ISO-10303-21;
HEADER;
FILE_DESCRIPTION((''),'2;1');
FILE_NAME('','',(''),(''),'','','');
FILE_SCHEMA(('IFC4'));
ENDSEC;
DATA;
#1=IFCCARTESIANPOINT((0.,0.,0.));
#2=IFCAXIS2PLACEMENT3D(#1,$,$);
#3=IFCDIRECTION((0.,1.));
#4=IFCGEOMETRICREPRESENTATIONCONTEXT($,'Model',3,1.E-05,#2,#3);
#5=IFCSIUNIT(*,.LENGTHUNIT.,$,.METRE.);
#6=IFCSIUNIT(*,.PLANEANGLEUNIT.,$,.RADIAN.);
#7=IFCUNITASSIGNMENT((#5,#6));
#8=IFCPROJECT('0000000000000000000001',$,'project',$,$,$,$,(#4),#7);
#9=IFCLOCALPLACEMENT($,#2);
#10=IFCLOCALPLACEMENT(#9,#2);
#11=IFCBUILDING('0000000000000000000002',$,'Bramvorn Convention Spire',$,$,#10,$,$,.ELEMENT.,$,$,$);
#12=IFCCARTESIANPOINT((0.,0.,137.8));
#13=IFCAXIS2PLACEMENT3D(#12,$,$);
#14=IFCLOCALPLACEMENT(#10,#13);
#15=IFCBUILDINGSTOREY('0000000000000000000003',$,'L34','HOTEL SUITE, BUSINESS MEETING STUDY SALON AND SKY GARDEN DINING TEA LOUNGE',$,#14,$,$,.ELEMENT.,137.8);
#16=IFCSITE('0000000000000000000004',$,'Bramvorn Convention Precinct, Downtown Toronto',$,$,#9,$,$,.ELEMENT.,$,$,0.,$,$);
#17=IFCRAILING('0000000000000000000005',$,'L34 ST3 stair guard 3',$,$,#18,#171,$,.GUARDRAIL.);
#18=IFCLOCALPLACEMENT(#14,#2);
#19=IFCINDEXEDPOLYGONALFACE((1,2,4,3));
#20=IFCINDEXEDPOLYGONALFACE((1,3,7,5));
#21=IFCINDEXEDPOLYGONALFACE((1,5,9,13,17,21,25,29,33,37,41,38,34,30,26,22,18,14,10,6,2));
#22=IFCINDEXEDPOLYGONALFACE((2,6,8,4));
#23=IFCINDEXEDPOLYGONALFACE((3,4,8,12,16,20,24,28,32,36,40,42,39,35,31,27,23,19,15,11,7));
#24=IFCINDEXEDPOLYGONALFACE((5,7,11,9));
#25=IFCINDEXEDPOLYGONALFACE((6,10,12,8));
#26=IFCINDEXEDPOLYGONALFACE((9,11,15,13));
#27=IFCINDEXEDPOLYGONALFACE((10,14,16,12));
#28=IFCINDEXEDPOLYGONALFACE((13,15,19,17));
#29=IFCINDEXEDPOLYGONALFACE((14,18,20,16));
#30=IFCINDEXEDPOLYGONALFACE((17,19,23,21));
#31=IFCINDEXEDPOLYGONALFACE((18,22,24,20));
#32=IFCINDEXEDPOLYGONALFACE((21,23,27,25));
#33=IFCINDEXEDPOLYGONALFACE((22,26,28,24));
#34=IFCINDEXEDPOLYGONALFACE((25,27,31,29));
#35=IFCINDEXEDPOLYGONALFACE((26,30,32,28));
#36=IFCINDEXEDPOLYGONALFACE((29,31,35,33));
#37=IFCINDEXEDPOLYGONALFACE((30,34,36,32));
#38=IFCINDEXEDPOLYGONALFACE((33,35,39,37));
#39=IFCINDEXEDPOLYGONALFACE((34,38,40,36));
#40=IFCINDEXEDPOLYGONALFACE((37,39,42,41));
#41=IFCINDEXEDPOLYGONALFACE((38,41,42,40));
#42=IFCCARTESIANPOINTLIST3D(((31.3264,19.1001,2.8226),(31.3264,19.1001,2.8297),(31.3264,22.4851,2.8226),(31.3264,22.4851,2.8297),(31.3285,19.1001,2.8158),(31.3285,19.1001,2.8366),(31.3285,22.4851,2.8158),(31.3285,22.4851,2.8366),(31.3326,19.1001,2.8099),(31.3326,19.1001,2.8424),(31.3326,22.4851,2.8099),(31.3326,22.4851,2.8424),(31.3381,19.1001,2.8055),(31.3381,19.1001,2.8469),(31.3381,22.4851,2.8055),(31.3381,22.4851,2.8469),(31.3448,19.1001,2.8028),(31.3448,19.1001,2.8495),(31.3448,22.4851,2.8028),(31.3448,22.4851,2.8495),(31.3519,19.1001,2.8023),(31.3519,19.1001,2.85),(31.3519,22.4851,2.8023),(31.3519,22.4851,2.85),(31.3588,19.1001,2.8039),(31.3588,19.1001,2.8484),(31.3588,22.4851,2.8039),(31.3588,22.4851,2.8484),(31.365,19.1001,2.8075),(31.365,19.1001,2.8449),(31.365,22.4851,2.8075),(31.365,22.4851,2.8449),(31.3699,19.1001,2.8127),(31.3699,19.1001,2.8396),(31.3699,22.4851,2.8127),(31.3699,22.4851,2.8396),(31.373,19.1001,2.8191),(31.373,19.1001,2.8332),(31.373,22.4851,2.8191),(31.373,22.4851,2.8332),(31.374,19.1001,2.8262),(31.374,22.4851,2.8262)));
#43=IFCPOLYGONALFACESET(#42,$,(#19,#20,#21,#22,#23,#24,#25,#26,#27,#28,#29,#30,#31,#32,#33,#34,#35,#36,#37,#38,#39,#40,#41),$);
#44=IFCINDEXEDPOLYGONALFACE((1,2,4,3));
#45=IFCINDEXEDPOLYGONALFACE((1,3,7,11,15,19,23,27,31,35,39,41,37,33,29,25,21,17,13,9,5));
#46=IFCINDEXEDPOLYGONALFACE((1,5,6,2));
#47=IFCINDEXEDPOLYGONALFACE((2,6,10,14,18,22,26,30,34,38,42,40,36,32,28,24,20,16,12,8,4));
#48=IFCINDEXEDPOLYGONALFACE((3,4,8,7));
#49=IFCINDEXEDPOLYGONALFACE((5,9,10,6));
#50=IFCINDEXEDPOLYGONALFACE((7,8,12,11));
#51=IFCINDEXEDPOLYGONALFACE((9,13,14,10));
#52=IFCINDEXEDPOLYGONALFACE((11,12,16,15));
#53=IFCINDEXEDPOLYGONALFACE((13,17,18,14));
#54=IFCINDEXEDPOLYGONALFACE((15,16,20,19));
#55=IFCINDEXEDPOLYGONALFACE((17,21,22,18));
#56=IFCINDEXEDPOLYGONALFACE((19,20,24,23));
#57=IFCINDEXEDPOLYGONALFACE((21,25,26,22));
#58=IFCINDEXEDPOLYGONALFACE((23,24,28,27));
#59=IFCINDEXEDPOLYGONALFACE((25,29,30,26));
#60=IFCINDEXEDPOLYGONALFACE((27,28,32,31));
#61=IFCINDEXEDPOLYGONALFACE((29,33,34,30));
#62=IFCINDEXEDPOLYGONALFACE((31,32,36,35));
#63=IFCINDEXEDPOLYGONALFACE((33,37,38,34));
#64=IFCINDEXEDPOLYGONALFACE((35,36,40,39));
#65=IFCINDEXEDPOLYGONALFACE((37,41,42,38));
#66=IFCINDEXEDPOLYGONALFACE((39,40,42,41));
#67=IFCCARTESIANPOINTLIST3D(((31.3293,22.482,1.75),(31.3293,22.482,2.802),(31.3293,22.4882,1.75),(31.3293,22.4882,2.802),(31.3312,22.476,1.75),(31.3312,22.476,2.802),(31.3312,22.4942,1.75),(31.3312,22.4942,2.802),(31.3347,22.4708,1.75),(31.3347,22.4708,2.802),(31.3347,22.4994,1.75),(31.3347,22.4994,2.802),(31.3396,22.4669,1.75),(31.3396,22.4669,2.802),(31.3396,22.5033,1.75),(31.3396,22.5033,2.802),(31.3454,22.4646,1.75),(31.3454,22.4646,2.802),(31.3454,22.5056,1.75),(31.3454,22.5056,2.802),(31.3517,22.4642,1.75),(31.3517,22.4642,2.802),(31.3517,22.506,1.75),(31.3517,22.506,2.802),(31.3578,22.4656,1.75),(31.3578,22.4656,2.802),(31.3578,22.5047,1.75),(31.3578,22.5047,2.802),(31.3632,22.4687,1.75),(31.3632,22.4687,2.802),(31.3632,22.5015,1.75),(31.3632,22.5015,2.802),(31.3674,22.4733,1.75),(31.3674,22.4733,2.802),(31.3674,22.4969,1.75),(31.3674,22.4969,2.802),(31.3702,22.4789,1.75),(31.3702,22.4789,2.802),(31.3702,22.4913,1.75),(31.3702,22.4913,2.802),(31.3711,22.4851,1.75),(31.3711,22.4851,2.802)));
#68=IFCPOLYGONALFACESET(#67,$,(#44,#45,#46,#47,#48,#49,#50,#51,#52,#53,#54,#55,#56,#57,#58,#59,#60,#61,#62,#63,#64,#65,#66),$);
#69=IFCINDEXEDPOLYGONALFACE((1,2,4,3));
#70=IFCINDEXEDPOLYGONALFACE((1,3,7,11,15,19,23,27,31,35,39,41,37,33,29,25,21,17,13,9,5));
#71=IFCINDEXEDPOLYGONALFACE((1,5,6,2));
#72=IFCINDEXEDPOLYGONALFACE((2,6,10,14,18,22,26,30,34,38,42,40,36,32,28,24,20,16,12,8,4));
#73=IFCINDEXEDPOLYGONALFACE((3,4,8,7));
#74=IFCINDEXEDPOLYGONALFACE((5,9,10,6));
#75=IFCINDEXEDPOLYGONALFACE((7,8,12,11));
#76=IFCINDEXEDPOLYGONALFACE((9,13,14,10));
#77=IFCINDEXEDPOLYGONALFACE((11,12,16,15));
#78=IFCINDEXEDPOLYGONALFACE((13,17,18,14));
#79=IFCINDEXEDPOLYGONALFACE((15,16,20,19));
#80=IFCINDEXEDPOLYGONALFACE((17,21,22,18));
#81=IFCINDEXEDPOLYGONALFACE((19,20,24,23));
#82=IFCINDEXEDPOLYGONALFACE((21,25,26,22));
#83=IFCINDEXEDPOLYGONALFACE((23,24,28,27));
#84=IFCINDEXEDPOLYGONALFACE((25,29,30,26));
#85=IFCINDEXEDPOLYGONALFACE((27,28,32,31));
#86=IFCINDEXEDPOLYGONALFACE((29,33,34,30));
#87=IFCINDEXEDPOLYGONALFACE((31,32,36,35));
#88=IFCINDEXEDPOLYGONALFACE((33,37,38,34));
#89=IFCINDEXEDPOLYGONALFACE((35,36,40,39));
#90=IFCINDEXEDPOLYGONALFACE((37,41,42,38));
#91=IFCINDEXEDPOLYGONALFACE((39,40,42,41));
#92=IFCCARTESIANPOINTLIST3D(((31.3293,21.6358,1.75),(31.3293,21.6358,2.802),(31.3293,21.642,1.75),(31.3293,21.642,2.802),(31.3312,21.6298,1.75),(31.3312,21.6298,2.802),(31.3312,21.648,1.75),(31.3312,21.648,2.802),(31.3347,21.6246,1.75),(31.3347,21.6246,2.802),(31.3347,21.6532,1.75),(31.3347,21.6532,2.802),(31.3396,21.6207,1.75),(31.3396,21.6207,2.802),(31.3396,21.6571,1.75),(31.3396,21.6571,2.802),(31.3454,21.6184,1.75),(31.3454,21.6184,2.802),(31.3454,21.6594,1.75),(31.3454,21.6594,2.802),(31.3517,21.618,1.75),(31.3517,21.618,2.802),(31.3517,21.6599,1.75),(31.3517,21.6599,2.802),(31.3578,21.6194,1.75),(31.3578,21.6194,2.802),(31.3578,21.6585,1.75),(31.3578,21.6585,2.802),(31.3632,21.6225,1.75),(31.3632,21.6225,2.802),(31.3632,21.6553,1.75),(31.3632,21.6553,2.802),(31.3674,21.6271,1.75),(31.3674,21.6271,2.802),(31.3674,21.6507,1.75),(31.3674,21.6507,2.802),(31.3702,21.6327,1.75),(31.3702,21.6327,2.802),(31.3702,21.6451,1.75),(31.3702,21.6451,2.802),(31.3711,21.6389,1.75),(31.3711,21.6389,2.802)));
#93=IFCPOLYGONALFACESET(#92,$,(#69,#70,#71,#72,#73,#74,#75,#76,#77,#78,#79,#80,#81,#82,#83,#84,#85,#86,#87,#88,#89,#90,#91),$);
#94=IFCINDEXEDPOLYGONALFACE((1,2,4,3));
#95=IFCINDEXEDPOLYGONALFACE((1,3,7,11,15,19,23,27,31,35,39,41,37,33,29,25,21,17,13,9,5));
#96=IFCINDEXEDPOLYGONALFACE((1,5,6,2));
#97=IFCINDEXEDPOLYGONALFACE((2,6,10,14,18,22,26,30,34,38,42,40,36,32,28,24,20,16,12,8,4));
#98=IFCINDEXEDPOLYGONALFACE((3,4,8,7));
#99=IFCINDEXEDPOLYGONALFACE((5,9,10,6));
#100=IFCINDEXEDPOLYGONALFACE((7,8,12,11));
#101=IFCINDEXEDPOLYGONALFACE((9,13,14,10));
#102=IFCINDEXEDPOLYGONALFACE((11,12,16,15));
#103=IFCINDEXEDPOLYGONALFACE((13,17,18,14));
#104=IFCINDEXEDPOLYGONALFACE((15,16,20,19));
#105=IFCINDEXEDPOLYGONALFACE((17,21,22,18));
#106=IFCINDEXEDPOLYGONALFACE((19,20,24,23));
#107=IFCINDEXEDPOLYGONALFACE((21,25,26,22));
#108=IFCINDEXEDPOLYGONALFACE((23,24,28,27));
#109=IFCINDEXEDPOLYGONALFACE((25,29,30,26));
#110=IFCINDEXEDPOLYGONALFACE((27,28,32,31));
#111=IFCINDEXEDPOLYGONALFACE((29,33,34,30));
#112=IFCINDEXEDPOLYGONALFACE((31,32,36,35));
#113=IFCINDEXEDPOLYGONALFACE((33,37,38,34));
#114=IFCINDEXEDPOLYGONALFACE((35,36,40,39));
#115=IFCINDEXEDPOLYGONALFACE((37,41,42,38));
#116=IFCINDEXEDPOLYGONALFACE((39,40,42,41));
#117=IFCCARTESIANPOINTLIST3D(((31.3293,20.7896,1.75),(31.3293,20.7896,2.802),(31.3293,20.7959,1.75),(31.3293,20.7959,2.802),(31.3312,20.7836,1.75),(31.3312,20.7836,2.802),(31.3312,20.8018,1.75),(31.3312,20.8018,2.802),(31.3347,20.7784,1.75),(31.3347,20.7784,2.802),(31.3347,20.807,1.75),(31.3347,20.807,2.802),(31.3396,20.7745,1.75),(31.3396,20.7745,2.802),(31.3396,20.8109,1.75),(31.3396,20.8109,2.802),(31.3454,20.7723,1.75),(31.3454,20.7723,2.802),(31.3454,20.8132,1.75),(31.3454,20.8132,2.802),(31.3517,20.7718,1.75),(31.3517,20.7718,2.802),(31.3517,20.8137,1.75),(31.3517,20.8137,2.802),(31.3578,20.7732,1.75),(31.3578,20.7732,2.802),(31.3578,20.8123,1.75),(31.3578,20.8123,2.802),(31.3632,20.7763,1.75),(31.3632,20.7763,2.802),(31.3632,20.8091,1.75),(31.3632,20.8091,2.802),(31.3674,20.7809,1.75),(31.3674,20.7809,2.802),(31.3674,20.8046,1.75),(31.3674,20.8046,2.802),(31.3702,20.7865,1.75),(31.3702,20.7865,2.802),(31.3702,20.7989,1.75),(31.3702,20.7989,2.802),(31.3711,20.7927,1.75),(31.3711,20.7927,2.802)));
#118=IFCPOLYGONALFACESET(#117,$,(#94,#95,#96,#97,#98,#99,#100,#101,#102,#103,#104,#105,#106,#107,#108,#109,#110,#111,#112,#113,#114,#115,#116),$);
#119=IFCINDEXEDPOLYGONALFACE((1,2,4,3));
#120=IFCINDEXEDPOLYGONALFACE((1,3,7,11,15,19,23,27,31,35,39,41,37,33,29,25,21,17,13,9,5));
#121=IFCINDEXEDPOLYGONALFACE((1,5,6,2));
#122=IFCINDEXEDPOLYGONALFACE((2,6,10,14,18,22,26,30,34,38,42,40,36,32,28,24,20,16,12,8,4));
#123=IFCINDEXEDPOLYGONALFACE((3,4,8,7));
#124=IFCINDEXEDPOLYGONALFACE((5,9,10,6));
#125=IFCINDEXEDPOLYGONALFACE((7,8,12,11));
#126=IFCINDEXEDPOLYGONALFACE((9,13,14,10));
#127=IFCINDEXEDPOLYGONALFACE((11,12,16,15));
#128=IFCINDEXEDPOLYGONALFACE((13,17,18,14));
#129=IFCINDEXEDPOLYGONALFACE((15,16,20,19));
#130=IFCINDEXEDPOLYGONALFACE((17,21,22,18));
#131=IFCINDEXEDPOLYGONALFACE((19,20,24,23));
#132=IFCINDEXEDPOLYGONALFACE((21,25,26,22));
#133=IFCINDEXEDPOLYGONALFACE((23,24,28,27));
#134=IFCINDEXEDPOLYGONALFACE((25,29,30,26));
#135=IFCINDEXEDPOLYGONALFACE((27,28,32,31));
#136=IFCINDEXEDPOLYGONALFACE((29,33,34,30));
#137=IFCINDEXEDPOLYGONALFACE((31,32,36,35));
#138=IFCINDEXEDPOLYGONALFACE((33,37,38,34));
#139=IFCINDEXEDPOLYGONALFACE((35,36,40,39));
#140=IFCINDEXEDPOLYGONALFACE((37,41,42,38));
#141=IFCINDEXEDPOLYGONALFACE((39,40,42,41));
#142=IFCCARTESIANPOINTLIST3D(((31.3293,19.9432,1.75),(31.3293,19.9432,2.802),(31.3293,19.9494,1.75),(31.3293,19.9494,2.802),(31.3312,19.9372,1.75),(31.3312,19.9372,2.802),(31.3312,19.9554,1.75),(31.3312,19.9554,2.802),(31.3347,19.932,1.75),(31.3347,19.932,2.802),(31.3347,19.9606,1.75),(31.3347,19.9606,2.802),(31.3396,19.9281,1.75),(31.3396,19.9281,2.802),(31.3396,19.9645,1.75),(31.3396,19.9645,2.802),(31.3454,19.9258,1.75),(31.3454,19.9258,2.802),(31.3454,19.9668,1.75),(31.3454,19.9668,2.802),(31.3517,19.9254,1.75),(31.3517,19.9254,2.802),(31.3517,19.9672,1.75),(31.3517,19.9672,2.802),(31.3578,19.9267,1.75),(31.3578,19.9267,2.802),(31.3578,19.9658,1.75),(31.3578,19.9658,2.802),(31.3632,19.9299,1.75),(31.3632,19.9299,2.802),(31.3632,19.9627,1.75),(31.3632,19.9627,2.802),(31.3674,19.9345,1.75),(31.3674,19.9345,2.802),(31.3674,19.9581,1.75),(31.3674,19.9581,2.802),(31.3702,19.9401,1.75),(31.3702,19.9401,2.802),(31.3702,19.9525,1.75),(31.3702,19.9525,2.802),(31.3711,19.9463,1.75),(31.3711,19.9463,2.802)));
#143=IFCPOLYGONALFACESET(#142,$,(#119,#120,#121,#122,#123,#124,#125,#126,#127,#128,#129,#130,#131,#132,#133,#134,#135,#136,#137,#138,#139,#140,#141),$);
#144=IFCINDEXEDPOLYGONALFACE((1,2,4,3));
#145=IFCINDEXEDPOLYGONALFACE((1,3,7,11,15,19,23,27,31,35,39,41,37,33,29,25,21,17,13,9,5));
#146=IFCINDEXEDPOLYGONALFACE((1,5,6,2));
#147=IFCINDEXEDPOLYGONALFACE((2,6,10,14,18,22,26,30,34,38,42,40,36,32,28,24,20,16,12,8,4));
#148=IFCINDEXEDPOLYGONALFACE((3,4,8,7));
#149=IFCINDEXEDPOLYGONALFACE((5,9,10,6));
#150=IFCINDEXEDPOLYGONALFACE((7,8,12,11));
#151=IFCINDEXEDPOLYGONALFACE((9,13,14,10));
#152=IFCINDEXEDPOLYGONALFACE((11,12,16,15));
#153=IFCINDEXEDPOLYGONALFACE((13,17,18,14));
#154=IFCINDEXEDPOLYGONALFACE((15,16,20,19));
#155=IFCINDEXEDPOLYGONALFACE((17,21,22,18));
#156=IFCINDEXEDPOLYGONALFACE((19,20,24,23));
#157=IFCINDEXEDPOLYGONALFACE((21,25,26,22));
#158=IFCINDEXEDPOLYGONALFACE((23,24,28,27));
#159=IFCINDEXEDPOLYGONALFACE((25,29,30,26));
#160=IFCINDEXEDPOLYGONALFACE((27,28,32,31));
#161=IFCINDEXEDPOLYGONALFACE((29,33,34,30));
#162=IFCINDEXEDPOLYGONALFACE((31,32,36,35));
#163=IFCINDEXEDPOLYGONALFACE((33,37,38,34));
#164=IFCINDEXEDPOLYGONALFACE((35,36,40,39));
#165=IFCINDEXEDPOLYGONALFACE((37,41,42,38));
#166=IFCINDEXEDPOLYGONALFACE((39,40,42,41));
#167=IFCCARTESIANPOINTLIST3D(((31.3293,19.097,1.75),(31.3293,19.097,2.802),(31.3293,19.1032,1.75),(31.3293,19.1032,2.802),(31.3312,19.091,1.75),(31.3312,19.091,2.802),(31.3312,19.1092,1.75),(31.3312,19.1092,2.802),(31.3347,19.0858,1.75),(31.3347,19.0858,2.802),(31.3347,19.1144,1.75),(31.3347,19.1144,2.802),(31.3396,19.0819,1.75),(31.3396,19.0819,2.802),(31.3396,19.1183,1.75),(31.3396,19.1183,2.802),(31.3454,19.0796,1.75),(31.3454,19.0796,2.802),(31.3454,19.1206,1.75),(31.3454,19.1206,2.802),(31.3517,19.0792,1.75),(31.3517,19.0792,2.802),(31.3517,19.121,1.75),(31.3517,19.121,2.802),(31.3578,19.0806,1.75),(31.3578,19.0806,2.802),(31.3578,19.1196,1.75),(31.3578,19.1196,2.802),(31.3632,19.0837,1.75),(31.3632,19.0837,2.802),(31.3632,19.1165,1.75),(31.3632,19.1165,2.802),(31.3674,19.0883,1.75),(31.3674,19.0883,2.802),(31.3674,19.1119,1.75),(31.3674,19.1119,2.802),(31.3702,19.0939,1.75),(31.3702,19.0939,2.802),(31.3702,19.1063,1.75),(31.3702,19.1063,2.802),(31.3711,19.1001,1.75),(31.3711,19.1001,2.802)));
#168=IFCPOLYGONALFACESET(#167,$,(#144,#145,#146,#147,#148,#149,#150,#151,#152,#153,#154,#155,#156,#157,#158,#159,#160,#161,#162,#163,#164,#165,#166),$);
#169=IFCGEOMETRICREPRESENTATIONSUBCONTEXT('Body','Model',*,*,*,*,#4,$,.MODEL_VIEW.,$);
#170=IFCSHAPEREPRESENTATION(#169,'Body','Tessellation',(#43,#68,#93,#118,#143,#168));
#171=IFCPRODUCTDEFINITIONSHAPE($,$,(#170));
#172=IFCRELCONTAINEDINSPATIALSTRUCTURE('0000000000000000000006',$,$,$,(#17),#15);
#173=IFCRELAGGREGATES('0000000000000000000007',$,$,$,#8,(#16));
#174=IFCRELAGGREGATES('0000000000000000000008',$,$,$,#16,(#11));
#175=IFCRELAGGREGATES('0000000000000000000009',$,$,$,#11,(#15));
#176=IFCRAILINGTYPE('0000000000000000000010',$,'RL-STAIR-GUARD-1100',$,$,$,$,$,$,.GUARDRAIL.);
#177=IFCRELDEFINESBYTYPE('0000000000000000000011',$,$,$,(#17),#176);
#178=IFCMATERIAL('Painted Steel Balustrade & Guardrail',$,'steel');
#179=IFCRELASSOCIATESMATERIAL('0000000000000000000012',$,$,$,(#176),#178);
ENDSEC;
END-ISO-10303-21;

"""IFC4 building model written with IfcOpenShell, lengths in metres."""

from ifc_helpers import new_model, si_unit, direction, frame, origin, origin_2d, place, context, subcontext, project, spatial, circle, extrude, material, type_object, element, save


model = new_model("IFC4")

# Units and contexts
model_context = context("Model", 3, precision=1e-05, world=origin(), true_north=direction((0.0, 1.0)))
body_context = subcontext(model_context, "Body", "Model", "MODEL_VIEW")
ifc_project = project(units=[si_unit("LENGTHUNIT", "METRE"), si_unit("PLANEANGLEUNIT", "RADIAN")], contexts=[model_context])

# Site, building, storey
site_placement = place(None, origin())
site = spatial("IfcSite", under=ifc_project, at=site_placement, Name="Bramvorn Convention Precinct, Downtown Toronto", CompositionType="ELEMENT", RefElevation=0.0)
building_placement = place(site_placement, origin())
building = spatial("IfcBuilding", under=site, at=building_placement, Name="Bramvorn Convention Spire", CompositionType="ELEMENT")
storey_placement = place(building_placement, frame((0.0, 0.0, 137.8)))
storey = spatial("IfcBuildingStorey", under=building, at=storey_placement, Name="L34", Description="HOTEL SUITE, BUSINESS MEETING STUDY SALON AND SKY GARDEN DINING TEA LOUNGE", CompositionType="ELEMENT", Elevation=137.8)

# Railing
ifc_material_1 = material(Name="Painted Steel Balustrade & Guardrail", Category="steel")
railing_type_1 = type_object("IfcRailingType", Name="RL-STAIR-GUARD-1100", PredefinedType="GUARDRAIL", material=ifc_material_1)
railing_1_placement = place(storey_placement, frame((31.3501, 22.4851, 1.75)))
element("IfcRailing", 1, at=railing_1_placement, inside=storey, type_object=railing_type_1, Name="L34 ST3 stair guard 3", PredefinedType="GUARDRAIL", context=body_context, shape_type="SweptSolid", body=[
    extrude(circle(Radius=0.0239, at=origin_2d()), frame((0.0, 0.0, 1.0762), z_axis=(0.0, -1.0, 0.0), x_axis=(1.0, 0.0, 0.0)), (0.0, 0.0, 1.0), 3.385),
    extrude(circle(Radius=0.021, at=origin_2d()), origin(), (0.0, 0.0, 1.0), 1.052),
    extrude(circle(Radius=0.021, at=origin_2d()), frame((0.0, -0.8462, 0.0)), (0.0, 0.0, 1.0), 1.052),
    extrude(circle(Radius=0.021, at=origin_2d()), frame((0.0, -1.6924, 0.0)), (0.0, 0.0, 1.0), 1.052),
    extrude(circle(Radius=0.021, at=origin_2d()), frame((0.0, -2.5388, 0.0)), (0.0, 0.0, 1.0), 1.052),
    extrude(circle(Radius=0.021, at=origin_2d()), frame((0.0, -3.385, 0.0)), (0.0, 0.0, 1.0), 1.052),
])

save(model, "model.ifc")
